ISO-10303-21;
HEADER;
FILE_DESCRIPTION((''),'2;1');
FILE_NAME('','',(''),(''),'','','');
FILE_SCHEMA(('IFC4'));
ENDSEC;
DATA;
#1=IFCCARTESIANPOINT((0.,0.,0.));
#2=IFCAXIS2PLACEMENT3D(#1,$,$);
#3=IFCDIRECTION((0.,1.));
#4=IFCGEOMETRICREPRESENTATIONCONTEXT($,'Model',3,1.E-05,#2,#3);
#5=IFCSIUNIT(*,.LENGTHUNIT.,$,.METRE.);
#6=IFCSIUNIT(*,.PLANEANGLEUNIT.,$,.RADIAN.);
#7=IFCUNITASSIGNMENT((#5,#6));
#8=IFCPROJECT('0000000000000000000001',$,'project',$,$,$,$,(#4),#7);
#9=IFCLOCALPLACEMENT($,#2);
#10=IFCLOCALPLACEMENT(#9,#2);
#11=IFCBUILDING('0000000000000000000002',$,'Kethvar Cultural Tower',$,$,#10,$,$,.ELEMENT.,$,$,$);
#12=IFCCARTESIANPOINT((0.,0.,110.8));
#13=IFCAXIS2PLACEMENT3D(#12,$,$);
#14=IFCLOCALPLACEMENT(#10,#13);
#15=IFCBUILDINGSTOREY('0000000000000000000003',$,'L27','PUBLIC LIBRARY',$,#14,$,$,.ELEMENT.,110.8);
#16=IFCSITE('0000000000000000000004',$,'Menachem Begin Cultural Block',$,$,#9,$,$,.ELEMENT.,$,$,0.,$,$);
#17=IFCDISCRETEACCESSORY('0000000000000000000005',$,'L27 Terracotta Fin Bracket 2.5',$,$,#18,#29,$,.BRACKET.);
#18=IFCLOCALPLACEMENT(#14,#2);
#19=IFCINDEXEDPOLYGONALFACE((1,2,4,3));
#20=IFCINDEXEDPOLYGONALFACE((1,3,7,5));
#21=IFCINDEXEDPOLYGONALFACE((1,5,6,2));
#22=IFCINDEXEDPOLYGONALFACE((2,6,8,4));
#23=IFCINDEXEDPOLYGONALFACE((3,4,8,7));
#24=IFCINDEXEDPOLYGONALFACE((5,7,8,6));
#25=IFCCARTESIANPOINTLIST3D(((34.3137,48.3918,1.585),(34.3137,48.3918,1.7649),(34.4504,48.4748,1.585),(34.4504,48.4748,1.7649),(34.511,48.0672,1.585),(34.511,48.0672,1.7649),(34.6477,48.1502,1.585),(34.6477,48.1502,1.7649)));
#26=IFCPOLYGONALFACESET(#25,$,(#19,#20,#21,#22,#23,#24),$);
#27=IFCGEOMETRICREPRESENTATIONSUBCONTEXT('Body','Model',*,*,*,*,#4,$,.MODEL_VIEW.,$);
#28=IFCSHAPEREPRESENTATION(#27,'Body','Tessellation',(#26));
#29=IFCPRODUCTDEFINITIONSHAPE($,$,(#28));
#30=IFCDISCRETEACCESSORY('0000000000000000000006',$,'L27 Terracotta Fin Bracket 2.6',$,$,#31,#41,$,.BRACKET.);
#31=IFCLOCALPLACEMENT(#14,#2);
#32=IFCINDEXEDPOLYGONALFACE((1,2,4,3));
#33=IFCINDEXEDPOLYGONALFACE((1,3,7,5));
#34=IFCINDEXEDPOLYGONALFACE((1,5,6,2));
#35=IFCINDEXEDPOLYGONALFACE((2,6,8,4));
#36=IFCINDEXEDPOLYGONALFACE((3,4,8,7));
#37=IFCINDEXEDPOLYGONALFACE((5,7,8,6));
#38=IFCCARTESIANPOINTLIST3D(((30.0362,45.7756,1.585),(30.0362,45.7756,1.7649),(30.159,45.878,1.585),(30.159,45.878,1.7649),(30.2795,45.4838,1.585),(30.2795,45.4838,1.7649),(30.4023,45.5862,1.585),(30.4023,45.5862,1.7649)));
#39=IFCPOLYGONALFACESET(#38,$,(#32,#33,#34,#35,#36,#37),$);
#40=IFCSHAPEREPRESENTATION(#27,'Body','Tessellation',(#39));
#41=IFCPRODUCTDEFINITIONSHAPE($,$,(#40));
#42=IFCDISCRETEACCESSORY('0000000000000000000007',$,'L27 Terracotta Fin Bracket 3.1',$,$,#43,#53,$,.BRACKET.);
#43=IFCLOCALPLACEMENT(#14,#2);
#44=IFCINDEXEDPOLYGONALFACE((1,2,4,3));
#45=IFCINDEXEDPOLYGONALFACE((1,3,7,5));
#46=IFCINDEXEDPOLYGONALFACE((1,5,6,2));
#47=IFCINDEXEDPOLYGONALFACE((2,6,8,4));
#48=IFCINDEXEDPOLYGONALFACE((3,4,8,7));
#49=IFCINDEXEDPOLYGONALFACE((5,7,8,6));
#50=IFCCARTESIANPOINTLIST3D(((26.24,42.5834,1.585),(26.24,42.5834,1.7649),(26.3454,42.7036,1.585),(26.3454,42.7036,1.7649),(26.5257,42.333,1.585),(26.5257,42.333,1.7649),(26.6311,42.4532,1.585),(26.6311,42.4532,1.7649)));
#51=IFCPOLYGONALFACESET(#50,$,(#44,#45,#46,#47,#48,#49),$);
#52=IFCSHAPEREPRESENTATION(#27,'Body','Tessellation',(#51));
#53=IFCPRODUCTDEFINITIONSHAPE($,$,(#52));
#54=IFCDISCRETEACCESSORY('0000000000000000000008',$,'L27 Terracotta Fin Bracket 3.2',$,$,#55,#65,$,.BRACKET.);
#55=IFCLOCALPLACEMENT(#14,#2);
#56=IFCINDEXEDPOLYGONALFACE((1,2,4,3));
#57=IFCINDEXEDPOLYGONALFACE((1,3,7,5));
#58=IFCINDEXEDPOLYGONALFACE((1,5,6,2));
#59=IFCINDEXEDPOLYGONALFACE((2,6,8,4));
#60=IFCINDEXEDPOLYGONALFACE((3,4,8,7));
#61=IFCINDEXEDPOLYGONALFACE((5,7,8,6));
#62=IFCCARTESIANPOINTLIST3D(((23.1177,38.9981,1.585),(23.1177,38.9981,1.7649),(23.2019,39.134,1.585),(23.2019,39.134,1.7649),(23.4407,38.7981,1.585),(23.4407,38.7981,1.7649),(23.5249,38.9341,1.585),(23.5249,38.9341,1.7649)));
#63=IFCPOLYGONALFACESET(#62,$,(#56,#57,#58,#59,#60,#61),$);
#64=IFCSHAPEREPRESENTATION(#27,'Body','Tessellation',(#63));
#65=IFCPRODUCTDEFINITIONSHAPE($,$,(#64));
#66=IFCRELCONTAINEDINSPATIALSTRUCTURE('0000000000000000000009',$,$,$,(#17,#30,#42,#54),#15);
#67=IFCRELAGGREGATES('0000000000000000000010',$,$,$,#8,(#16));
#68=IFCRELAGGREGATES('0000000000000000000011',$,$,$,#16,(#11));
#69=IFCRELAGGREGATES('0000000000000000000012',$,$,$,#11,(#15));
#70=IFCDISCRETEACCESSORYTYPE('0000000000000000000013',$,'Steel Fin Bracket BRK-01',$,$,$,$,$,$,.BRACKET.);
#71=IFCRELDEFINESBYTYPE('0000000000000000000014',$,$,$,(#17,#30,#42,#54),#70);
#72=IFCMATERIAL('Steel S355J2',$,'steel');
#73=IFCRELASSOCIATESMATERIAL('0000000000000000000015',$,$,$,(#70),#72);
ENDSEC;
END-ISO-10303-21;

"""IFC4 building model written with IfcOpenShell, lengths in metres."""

from ifc_helpers import new_model, si_unit, direction, frame, origin, origin_2d, place, context, subcontext, project, spatial, rectangle, extrude, source, transform, mapped, material, type_object, element, save


model = new_model("IFC4")

# Units and contexts
model_context = context("Model", 3, precision=1e-05, world=origin(), true_north=direction((0.0, 1.0)))
body_context = subcontext(model_context, "Body", "Model", "MODEL_VIEW")
ifc_project = project(units=[si_unit("LENGTHUNIT", "METRE"), si_unit("PLANEANGLEUNIT", "RADIAN")], contexts=[model_context])

# Site, building, storey
site_placement = place(None, origin())
site = spatial("IfcSite", under=ifc_project, at=site_placement, Name="Menachem Begin Cultural Block", CompositionType="ELEMENT", RefElevation=0.0)
building_placement = place(site_placement, origin())
building = spatial("IfcBuilding", under=site, at=building_placement, Name="Kethvar Cultural Tower", CompositionType="ELEMENT")
storey_placement = place(building_placement, frame((0.0, 0.0, 110.8)))
storey = spatial("IfcBuildingStorey", under=building, at=storey_placement, Name="L27", Description="PUBLIC LIBRARY", CompositionType="ELEMENT", Elevation=110.8)

# Shared definitions
ifc_material_1 = material(Name="Steel S355J2", Category="steel")

# Discrete accessories
discrete_accessory_type = type_object("IfcDiscreteAccessoryType", Name="Steel Fin Bracket BRK-01", PredefinedType="BRACKET", material=ifc_material_1)
shared_shape_1 = source(origin(), body_context, "Body", "SweptSolid", [
    extrude(rectangle(XDim=0.3799, YDim=0.1599, at=origin_2d()), origin(), (0.0, 0.0, 1.0), 0.1799),
])
for number, where, z_axis, x_axis, name in (
    (1, (34.4807, 48.271, 1.585), (0.0, 0.0, 1.0), (-0.51937, 0.854549, 0.0), "L27 Terracotta Fin Bracket 2.5"),
    (2, (30.2192, 45.6809, 1.585), (0.0, 0.0, 1.0), (-0.640378, 0.76806, 0.0), "L27 Terracotta Fin Bracket 2.6"),
    (3, (26.4355, 42.5183, 1.585), (0.0, 0.0, 1.0), (-0.751955, 0.659215, 0.0), "L27 Terracotta Fin Bracket 3.1"),
    (4, (23.3213, 38.9661, 1.585), (0.0, 0.0, 1.0), (-0.85026, 0.526362, 0.0), "L27 Terracotta Fin Bracket 3.2"),
):
    element("IfcDiscreteAccessory", number, at=place(storey_placement, frame(where, z_axis=z_axis, x_axis=x_axis)), inside=storey, type_object=discrete_accessory_type, Name=name, PredefinedType="BRACKET", context=body_context, shape_type="MappedRepresentation", body=[
        mapped(shared_shape_1, transform((0.0, 0.0, 0.0), scale=1.0)),
    ])

save(model, "model.ifc")
